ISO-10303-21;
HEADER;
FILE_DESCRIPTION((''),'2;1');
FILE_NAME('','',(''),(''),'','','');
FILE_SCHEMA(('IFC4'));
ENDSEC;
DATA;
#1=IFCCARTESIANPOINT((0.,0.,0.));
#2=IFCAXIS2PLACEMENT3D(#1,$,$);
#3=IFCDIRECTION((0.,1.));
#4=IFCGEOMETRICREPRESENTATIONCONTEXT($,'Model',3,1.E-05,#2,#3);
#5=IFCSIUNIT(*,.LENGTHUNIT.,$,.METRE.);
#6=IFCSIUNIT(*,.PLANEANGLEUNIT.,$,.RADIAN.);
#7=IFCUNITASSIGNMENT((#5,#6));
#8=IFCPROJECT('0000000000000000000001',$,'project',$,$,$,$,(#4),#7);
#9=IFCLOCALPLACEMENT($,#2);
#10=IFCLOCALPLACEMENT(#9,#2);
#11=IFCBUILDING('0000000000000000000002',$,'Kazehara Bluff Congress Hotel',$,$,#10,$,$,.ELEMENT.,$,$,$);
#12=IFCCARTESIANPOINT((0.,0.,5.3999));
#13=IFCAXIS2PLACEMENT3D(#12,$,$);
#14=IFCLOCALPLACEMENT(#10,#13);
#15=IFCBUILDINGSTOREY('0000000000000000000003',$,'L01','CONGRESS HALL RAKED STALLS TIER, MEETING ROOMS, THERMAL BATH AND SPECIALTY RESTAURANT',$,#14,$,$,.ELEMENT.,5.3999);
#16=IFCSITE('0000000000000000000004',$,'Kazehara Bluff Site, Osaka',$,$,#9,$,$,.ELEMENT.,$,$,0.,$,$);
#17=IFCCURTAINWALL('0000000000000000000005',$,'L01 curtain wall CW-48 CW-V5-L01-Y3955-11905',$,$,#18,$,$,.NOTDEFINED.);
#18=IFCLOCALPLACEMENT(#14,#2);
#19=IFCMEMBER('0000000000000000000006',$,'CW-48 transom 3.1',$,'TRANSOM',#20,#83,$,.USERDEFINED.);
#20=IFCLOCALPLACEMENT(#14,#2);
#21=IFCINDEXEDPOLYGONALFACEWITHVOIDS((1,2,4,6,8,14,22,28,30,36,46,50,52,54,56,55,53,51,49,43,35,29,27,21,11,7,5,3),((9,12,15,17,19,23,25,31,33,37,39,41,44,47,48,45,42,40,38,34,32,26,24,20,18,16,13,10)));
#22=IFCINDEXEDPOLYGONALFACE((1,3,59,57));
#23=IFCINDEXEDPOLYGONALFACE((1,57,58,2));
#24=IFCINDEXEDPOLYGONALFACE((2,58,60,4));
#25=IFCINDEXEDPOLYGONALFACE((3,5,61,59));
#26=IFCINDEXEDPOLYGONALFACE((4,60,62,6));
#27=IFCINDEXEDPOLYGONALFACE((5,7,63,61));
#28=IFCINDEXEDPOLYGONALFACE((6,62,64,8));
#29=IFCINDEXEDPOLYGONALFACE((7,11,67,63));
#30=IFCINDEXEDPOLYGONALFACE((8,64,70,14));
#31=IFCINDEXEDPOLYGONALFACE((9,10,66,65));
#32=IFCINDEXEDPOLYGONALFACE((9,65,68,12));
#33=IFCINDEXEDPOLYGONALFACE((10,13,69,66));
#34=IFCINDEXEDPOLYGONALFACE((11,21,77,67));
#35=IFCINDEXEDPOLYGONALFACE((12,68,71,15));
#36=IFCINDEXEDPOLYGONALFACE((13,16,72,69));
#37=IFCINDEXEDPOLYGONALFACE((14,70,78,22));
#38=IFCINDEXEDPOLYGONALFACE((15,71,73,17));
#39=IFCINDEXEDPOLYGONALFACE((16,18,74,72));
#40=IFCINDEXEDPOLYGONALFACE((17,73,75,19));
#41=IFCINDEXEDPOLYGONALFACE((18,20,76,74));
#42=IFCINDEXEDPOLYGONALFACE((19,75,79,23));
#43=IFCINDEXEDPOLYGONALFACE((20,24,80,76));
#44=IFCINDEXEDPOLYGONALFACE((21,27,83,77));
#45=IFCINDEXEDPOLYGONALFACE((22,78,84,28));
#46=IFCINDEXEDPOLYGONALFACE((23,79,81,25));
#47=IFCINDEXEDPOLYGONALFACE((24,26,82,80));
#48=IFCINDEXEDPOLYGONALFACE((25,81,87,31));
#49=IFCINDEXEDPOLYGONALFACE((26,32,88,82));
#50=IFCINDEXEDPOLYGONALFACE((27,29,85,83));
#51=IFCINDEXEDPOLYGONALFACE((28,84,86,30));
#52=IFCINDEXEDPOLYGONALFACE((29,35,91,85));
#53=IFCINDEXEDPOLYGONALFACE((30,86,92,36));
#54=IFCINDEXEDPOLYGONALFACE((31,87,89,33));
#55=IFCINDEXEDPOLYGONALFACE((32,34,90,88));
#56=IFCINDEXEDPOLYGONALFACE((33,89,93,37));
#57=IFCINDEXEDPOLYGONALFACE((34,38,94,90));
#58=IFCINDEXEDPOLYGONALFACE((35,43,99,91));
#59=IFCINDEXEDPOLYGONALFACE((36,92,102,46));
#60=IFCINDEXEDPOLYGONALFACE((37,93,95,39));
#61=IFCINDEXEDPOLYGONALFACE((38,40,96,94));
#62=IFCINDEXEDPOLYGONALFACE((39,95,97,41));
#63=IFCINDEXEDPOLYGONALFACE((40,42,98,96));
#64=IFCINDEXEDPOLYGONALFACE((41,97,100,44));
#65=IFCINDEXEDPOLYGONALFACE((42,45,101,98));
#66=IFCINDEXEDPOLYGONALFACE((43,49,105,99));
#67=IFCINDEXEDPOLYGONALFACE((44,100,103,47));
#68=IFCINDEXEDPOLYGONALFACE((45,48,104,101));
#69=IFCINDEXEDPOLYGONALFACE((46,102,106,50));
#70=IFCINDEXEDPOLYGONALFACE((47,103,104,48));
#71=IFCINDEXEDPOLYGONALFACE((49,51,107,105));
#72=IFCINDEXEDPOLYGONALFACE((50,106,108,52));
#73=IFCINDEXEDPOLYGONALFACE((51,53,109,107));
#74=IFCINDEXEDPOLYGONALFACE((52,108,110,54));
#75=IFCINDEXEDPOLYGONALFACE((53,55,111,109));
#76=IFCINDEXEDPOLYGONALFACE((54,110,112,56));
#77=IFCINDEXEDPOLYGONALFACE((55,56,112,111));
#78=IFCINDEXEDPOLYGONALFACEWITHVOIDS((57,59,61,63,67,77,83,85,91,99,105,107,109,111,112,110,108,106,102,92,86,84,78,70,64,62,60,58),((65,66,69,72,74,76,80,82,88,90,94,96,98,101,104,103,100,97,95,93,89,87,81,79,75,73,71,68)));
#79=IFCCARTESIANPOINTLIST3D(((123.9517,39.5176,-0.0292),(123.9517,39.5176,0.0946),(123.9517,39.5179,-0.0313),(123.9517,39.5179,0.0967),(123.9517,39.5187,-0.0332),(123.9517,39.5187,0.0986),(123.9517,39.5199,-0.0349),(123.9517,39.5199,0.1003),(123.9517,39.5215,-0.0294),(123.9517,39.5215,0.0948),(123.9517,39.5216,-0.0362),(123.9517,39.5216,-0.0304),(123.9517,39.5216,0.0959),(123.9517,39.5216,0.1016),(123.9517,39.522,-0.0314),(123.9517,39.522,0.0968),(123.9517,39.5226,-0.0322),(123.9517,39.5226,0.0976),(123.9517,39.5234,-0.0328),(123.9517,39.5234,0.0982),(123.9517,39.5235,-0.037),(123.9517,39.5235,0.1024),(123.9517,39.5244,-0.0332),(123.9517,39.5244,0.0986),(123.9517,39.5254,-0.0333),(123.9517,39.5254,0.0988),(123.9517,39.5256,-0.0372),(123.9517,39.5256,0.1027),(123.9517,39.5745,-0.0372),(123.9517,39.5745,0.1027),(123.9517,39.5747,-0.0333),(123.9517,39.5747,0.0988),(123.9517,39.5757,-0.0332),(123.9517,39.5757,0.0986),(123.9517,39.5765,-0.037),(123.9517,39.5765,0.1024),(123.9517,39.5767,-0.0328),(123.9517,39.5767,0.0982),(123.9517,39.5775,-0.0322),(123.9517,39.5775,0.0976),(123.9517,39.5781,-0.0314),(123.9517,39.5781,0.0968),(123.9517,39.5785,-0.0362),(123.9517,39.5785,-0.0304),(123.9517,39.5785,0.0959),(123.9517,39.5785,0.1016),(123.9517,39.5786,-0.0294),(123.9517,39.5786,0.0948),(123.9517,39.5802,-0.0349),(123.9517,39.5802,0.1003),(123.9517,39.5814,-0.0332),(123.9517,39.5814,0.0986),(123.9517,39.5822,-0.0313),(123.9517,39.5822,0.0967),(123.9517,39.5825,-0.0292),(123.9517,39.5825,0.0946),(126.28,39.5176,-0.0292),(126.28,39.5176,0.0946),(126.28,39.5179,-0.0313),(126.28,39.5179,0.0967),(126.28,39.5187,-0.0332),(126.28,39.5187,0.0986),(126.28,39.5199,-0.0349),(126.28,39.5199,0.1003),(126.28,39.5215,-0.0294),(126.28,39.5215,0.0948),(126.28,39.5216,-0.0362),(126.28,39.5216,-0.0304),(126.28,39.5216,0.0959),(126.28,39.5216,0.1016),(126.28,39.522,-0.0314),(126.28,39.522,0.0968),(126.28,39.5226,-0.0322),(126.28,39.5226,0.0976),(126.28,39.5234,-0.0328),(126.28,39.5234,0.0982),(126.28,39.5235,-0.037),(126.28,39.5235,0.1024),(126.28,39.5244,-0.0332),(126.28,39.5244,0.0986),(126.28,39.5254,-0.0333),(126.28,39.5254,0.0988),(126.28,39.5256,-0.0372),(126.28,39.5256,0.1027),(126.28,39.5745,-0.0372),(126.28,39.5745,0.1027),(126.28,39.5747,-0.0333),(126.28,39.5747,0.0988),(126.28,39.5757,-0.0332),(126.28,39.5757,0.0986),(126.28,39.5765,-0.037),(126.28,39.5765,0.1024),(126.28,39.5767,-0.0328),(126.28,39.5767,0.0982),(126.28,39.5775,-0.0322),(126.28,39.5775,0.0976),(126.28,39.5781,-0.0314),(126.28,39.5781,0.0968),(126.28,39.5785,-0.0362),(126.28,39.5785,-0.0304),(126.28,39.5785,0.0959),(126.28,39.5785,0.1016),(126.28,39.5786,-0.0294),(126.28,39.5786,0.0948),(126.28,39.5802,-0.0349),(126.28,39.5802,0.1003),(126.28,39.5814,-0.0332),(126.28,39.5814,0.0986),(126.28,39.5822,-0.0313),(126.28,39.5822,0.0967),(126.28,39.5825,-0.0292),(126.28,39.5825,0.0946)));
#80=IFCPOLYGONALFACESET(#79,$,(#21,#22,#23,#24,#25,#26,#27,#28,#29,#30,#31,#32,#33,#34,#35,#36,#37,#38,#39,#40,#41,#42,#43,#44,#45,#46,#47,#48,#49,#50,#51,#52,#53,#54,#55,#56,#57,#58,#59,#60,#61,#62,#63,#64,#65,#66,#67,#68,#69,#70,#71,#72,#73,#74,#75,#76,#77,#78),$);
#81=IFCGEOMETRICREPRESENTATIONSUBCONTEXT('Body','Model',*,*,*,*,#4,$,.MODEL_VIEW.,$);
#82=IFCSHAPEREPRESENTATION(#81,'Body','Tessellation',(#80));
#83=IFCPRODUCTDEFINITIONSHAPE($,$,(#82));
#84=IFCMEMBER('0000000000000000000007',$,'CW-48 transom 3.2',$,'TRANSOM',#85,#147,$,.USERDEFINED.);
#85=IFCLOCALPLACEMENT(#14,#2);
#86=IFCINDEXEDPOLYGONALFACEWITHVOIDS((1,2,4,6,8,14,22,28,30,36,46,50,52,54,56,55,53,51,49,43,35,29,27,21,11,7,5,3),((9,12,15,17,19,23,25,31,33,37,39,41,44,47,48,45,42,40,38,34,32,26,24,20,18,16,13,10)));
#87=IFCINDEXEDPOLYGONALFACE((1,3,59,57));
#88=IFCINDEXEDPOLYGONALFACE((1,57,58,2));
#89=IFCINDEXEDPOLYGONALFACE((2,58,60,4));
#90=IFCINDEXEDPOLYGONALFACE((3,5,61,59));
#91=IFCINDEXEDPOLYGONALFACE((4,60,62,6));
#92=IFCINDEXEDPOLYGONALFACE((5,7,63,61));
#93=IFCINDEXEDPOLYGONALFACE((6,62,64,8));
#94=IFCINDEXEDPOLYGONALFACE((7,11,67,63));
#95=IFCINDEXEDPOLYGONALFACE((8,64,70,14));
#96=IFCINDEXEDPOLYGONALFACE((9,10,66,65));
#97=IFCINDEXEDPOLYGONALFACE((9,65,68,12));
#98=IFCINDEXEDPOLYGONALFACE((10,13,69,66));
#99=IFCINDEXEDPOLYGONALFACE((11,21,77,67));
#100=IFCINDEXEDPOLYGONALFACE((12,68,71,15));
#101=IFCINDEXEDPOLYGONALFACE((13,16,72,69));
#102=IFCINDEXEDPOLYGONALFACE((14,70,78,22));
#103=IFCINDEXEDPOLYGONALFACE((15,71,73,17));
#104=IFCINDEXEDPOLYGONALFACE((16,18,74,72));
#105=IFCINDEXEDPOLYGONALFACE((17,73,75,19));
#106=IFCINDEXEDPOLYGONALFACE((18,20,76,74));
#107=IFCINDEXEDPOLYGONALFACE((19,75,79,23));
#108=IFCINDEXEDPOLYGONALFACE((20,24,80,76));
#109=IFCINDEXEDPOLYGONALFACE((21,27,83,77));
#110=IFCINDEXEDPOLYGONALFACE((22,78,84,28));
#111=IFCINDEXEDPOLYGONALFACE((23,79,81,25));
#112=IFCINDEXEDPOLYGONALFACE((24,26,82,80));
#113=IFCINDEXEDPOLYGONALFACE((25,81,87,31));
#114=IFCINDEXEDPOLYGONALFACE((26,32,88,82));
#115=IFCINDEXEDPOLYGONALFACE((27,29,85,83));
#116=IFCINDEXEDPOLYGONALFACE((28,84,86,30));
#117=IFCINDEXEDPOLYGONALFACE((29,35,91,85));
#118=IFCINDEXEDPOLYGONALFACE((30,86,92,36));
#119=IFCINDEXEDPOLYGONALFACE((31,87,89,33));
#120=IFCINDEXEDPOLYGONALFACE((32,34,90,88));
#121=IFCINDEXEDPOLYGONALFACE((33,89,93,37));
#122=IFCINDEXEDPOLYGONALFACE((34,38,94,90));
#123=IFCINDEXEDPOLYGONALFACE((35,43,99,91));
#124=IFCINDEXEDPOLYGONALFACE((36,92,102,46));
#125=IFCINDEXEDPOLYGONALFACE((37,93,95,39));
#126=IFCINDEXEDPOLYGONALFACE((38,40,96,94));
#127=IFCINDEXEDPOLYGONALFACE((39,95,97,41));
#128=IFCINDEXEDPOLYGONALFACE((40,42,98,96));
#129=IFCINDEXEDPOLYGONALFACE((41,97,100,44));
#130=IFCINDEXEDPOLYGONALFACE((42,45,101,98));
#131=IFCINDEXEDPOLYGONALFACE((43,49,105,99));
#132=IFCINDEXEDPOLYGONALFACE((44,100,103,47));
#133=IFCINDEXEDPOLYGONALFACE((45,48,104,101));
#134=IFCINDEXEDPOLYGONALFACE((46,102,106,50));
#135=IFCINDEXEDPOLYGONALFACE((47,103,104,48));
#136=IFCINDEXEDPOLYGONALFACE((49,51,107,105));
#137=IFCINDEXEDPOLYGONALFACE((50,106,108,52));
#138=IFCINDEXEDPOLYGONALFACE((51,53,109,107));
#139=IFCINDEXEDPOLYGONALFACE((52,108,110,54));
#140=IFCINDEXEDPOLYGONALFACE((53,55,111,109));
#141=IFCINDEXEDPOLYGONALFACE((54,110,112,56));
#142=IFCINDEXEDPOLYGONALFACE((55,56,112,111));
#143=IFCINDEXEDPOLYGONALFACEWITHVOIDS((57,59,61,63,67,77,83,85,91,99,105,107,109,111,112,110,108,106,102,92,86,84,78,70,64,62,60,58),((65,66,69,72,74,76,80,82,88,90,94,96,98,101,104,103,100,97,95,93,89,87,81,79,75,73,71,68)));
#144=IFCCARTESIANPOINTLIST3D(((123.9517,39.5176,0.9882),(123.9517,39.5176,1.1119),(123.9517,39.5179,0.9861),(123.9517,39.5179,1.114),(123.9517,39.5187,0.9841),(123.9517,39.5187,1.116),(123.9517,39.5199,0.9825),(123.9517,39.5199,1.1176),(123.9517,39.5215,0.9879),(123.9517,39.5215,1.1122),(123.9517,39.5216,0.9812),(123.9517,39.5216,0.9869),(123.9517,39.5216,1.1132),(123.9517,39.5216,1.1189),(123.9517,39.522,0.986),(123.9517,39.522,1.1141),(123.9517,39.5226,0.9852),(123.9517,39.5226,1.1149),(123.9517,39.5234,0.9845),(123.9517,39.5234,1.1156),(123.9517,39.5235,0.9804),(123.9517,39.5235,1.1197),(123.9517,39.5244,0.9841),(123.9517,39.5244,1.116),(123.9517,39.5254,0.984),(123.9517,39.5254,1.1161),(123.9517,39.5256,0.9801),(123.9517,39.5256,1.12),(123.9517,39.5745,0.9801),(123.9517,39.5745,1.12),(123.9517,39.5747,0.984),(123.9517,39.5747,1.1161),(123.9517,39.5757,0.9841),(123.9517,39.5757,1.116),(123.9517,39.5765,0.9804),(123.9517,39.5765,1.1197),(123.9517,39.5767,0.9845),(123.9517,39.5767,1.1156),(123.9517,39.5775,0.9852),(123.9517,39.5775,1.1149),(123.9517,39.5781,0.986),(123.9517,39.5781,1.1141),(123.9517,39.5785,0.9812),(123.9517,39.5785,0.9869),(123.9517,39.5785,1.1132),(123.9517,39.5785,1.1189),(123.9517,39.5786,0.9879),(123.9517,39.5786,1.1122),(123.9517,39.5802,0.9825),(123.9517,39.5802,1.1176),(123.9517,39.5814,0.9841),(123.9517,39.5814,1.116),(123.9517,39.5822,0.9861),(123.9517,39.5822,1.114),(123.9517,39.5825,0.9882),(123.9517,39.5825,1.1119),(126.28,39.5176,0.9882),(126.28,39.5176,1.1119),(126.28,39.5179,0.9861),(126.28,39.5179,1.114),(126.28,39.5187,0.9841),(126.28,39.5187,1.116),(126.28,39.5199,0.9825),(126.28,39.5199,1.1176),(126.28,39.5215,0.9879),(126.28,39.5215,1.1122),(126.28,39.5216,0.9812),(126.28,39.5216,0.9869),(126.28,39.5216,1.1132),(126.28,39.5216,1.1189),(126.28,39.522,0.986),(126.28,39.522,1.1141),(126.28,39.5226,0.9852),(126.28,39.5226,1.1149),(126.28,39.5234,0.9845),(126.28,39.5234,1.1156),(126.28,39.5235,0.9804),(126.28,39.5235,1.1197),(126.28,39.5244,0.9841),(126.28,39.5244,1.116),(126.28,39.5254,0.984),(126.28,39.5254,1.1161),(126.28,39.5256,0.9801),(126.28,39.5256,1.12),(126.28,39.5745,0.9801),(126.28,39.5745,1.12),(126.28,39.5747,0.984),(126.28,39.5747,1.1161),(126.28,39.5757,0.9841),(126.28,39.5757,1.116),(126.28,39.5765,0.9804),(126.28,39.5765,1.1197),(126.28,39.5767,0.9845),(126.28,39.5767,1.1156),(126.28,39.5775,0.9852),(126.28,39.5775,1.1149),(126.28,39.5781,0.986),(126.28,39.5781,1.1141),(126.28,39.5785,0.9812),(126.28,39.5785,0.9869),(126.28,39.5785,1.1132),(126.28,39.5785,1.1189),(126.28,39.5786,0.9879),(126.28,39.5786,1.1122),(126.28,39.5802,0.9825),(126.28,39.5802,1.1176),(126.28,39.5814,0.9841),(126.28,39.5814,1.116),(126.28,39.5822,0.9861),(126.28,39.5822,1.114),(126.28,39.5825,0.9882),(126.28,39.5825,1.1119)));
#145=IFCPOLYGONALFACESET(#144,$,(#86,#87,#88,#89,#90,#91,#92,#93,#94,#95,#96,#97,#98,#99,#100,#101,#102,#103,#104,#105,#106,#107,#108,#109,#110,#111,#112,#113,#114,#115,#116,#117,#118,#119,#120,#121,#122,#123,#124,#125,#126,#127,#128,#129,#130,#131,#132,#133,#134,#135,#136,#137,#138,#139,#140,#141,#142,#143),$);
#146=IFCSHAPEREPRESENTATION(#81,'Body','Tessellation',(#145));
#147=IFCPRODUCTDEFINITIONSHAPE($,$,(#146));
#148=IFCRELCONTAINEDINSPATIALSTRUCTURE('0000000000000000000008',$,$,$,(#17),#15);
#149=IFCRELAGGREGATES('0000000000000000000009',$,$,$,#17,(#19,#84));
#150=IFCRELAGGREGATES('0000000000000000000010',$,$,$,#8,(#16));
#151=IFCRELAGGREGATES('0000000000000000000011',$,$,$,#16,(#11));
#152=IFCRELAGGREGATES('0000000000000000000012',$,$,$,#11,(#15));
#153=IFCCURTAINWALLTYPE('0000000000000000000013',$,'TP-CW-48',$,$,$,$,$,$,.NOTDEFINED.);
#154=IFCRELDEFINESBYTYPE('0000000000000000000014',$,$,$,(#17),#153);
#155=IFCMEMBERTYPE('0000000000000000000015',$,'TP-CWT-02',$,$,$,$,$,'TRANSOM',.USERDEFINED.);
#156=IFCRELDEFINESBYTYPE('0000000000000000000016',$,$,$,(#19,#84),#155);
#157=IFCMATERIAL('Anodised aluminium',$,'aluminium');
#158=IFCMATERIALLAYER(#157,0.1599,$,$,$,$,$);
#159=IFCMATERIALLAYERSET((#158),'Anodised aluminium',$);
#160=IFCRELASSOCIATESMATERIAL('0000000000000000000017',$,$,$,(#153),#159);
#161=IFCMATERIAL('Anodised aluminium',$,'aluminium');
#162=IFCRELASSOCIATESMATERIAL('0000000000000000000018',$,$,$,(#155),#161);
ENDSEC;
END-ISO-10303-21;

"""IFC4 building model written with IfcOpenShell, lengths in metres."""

from ifc_helpers import new_model, si_unit, direction, frame, origin, origin_2d, place, context, subcontext, project, spatial, hollow_rectangle, extrude, material, layer, layer_set, material_profile, profile_set, type_object, element, aggregate, save


model = new_model("IFC4")

# Units and contexts
model_context = context("Model", 3, precision=1e-05, world=origin(), true_north=direction((0.0, 1.0)))
body_context = subcontext(model_context, "Body", "Model", "MODEL_VIEW")
ifc_project = project(units=[si_unit("LENGTHUNIT", "METRE"), si_unit("PLANEANGLEUNIT", "RADIAN")], contexts=[model_context])

# Site, building, storey
site_placement = place(None, origin())
site = spatial("IfcSite", under=ifc_project, at=site_placement, Name="Kazehara Bluff Site, Osaka", CompositionType="ELEMENT", RefElevation=0.0)
building_placement = place(site_placement, origin())
building = spatial("IfcBuilding", under=site, at=building_placement, Name="Kazehara Bluff Congress Hotel", CompositionType="ELEMENT")
storey_placement = place(building_placement, frame((0.0, 0.0, 5.3999)))
storey = spatial("IfcBuildingStorey", under=building, at=storey_placement, Name="L01", Description="CONGRESS HALL RAKED STALLS TIER, MEETING ROOMS, THERMAL BATH AND SPECIALTY RESTAURANT", CompositionType="ELEMENT", Elevation=5.3999)

# Curtain wall, members
ifc_material_1 = material(Name="Anodised aluminium", Category="aluminium")
ifc_layer_1 = layer(ifc_material_1, 0.1599)
ifc_layer_set_1 = layer_set([ifc_layer_1], Name="Anodised aluminium")
curtain_wall_type_1 = type_object("IfcCurtainWallType", Name="TP-CW-48", PredefinedType="NOTDEFINED", material=ifc_layer_set_1)
curtain_wall_1_placement = place(storey_placement, origin())
curtain_wall_1 = element("IfcCurtainWall", 1, at=curtain_wall_1_placement, inside=storey, type_object=curtain_wall_type_1, Name="L01 curtain wall CW-48 CW-V5-L01-Y3955-11905", PredefinedType="NOTDEFINED")
ifc_material_2 = material(Name="Anodised aluminium", Category="aluminium")
ifc_material_profile_1 = material_profile(ifc_material_2, hollow_rectangle(XDim=0.0649, YDim=0.1399, WallThickness=0.0039, InnerFilletRadius=0.0039, OuterFilletRadius=0.0081, at=origin_2d()))
ifc_profile_set_1 = profile_set([ifc_material_profile_1], Name="Anodised aluminium")
member_type_1 = type_object("IfcMemberType", Name="TP-CWT-02", ElementType="TRANSOM", PredefinedType="USERDEFINED", material=ifc_profile_set_1)
member_1_placement = place(storey_placement, frame((123.9517, 39.55, 0.0327), z_axis=(1.0, 0.0, 0.0), x_axis=(0.0, 1.0, 0.0)))
member_1 = element("IfcMember", 2, at=member_1_placement, type_object=member_type_1, Name="CW-48 transom 3.1", ObjectType="TRANSOM", PredefinedType="USERDEFINED", context=body_context, shape_type="SweptSolid", body=[
    extrude(hollow_rectangle(XDim=0.0649, YDim=0.1399, WallThickness=0.0039, InnerFilletRadius=0.0039, OuterFilletRadius=0.0081, at=origin_2d()), origin(), (0.0, 0.0, 1.0), 2.3284),
])
member_2_placement = place(storey_placement, frame((123.9517, 39.55, 1.05), z_axis=(1.0, 0.0, 0.0), x_axis=(0.0, 1.0, 0.0)))
member_2 = element("IfcMember", 3, at=member_2_placement, type_object=member_type_1, Name="CW-48 transom 3.2", ObjectType="TRANSOM", PredefinedType="USERDEFINED", context=body_context, shape_type="SweptSolid", body=[
    extrude(hollow_rectangle(XDim=0.0649, YDim=0.1399, WallThickness=0.0039, InnerFilletRadius=0.0039, OuterFilletRadius=0.0081, at=origin_2d()), origin(), (0.0, 0.0, 1.0), 2.3284),
])

aggregate(curtain_wall_1, [member_1, member_2])

save(model, "model.ifc")
